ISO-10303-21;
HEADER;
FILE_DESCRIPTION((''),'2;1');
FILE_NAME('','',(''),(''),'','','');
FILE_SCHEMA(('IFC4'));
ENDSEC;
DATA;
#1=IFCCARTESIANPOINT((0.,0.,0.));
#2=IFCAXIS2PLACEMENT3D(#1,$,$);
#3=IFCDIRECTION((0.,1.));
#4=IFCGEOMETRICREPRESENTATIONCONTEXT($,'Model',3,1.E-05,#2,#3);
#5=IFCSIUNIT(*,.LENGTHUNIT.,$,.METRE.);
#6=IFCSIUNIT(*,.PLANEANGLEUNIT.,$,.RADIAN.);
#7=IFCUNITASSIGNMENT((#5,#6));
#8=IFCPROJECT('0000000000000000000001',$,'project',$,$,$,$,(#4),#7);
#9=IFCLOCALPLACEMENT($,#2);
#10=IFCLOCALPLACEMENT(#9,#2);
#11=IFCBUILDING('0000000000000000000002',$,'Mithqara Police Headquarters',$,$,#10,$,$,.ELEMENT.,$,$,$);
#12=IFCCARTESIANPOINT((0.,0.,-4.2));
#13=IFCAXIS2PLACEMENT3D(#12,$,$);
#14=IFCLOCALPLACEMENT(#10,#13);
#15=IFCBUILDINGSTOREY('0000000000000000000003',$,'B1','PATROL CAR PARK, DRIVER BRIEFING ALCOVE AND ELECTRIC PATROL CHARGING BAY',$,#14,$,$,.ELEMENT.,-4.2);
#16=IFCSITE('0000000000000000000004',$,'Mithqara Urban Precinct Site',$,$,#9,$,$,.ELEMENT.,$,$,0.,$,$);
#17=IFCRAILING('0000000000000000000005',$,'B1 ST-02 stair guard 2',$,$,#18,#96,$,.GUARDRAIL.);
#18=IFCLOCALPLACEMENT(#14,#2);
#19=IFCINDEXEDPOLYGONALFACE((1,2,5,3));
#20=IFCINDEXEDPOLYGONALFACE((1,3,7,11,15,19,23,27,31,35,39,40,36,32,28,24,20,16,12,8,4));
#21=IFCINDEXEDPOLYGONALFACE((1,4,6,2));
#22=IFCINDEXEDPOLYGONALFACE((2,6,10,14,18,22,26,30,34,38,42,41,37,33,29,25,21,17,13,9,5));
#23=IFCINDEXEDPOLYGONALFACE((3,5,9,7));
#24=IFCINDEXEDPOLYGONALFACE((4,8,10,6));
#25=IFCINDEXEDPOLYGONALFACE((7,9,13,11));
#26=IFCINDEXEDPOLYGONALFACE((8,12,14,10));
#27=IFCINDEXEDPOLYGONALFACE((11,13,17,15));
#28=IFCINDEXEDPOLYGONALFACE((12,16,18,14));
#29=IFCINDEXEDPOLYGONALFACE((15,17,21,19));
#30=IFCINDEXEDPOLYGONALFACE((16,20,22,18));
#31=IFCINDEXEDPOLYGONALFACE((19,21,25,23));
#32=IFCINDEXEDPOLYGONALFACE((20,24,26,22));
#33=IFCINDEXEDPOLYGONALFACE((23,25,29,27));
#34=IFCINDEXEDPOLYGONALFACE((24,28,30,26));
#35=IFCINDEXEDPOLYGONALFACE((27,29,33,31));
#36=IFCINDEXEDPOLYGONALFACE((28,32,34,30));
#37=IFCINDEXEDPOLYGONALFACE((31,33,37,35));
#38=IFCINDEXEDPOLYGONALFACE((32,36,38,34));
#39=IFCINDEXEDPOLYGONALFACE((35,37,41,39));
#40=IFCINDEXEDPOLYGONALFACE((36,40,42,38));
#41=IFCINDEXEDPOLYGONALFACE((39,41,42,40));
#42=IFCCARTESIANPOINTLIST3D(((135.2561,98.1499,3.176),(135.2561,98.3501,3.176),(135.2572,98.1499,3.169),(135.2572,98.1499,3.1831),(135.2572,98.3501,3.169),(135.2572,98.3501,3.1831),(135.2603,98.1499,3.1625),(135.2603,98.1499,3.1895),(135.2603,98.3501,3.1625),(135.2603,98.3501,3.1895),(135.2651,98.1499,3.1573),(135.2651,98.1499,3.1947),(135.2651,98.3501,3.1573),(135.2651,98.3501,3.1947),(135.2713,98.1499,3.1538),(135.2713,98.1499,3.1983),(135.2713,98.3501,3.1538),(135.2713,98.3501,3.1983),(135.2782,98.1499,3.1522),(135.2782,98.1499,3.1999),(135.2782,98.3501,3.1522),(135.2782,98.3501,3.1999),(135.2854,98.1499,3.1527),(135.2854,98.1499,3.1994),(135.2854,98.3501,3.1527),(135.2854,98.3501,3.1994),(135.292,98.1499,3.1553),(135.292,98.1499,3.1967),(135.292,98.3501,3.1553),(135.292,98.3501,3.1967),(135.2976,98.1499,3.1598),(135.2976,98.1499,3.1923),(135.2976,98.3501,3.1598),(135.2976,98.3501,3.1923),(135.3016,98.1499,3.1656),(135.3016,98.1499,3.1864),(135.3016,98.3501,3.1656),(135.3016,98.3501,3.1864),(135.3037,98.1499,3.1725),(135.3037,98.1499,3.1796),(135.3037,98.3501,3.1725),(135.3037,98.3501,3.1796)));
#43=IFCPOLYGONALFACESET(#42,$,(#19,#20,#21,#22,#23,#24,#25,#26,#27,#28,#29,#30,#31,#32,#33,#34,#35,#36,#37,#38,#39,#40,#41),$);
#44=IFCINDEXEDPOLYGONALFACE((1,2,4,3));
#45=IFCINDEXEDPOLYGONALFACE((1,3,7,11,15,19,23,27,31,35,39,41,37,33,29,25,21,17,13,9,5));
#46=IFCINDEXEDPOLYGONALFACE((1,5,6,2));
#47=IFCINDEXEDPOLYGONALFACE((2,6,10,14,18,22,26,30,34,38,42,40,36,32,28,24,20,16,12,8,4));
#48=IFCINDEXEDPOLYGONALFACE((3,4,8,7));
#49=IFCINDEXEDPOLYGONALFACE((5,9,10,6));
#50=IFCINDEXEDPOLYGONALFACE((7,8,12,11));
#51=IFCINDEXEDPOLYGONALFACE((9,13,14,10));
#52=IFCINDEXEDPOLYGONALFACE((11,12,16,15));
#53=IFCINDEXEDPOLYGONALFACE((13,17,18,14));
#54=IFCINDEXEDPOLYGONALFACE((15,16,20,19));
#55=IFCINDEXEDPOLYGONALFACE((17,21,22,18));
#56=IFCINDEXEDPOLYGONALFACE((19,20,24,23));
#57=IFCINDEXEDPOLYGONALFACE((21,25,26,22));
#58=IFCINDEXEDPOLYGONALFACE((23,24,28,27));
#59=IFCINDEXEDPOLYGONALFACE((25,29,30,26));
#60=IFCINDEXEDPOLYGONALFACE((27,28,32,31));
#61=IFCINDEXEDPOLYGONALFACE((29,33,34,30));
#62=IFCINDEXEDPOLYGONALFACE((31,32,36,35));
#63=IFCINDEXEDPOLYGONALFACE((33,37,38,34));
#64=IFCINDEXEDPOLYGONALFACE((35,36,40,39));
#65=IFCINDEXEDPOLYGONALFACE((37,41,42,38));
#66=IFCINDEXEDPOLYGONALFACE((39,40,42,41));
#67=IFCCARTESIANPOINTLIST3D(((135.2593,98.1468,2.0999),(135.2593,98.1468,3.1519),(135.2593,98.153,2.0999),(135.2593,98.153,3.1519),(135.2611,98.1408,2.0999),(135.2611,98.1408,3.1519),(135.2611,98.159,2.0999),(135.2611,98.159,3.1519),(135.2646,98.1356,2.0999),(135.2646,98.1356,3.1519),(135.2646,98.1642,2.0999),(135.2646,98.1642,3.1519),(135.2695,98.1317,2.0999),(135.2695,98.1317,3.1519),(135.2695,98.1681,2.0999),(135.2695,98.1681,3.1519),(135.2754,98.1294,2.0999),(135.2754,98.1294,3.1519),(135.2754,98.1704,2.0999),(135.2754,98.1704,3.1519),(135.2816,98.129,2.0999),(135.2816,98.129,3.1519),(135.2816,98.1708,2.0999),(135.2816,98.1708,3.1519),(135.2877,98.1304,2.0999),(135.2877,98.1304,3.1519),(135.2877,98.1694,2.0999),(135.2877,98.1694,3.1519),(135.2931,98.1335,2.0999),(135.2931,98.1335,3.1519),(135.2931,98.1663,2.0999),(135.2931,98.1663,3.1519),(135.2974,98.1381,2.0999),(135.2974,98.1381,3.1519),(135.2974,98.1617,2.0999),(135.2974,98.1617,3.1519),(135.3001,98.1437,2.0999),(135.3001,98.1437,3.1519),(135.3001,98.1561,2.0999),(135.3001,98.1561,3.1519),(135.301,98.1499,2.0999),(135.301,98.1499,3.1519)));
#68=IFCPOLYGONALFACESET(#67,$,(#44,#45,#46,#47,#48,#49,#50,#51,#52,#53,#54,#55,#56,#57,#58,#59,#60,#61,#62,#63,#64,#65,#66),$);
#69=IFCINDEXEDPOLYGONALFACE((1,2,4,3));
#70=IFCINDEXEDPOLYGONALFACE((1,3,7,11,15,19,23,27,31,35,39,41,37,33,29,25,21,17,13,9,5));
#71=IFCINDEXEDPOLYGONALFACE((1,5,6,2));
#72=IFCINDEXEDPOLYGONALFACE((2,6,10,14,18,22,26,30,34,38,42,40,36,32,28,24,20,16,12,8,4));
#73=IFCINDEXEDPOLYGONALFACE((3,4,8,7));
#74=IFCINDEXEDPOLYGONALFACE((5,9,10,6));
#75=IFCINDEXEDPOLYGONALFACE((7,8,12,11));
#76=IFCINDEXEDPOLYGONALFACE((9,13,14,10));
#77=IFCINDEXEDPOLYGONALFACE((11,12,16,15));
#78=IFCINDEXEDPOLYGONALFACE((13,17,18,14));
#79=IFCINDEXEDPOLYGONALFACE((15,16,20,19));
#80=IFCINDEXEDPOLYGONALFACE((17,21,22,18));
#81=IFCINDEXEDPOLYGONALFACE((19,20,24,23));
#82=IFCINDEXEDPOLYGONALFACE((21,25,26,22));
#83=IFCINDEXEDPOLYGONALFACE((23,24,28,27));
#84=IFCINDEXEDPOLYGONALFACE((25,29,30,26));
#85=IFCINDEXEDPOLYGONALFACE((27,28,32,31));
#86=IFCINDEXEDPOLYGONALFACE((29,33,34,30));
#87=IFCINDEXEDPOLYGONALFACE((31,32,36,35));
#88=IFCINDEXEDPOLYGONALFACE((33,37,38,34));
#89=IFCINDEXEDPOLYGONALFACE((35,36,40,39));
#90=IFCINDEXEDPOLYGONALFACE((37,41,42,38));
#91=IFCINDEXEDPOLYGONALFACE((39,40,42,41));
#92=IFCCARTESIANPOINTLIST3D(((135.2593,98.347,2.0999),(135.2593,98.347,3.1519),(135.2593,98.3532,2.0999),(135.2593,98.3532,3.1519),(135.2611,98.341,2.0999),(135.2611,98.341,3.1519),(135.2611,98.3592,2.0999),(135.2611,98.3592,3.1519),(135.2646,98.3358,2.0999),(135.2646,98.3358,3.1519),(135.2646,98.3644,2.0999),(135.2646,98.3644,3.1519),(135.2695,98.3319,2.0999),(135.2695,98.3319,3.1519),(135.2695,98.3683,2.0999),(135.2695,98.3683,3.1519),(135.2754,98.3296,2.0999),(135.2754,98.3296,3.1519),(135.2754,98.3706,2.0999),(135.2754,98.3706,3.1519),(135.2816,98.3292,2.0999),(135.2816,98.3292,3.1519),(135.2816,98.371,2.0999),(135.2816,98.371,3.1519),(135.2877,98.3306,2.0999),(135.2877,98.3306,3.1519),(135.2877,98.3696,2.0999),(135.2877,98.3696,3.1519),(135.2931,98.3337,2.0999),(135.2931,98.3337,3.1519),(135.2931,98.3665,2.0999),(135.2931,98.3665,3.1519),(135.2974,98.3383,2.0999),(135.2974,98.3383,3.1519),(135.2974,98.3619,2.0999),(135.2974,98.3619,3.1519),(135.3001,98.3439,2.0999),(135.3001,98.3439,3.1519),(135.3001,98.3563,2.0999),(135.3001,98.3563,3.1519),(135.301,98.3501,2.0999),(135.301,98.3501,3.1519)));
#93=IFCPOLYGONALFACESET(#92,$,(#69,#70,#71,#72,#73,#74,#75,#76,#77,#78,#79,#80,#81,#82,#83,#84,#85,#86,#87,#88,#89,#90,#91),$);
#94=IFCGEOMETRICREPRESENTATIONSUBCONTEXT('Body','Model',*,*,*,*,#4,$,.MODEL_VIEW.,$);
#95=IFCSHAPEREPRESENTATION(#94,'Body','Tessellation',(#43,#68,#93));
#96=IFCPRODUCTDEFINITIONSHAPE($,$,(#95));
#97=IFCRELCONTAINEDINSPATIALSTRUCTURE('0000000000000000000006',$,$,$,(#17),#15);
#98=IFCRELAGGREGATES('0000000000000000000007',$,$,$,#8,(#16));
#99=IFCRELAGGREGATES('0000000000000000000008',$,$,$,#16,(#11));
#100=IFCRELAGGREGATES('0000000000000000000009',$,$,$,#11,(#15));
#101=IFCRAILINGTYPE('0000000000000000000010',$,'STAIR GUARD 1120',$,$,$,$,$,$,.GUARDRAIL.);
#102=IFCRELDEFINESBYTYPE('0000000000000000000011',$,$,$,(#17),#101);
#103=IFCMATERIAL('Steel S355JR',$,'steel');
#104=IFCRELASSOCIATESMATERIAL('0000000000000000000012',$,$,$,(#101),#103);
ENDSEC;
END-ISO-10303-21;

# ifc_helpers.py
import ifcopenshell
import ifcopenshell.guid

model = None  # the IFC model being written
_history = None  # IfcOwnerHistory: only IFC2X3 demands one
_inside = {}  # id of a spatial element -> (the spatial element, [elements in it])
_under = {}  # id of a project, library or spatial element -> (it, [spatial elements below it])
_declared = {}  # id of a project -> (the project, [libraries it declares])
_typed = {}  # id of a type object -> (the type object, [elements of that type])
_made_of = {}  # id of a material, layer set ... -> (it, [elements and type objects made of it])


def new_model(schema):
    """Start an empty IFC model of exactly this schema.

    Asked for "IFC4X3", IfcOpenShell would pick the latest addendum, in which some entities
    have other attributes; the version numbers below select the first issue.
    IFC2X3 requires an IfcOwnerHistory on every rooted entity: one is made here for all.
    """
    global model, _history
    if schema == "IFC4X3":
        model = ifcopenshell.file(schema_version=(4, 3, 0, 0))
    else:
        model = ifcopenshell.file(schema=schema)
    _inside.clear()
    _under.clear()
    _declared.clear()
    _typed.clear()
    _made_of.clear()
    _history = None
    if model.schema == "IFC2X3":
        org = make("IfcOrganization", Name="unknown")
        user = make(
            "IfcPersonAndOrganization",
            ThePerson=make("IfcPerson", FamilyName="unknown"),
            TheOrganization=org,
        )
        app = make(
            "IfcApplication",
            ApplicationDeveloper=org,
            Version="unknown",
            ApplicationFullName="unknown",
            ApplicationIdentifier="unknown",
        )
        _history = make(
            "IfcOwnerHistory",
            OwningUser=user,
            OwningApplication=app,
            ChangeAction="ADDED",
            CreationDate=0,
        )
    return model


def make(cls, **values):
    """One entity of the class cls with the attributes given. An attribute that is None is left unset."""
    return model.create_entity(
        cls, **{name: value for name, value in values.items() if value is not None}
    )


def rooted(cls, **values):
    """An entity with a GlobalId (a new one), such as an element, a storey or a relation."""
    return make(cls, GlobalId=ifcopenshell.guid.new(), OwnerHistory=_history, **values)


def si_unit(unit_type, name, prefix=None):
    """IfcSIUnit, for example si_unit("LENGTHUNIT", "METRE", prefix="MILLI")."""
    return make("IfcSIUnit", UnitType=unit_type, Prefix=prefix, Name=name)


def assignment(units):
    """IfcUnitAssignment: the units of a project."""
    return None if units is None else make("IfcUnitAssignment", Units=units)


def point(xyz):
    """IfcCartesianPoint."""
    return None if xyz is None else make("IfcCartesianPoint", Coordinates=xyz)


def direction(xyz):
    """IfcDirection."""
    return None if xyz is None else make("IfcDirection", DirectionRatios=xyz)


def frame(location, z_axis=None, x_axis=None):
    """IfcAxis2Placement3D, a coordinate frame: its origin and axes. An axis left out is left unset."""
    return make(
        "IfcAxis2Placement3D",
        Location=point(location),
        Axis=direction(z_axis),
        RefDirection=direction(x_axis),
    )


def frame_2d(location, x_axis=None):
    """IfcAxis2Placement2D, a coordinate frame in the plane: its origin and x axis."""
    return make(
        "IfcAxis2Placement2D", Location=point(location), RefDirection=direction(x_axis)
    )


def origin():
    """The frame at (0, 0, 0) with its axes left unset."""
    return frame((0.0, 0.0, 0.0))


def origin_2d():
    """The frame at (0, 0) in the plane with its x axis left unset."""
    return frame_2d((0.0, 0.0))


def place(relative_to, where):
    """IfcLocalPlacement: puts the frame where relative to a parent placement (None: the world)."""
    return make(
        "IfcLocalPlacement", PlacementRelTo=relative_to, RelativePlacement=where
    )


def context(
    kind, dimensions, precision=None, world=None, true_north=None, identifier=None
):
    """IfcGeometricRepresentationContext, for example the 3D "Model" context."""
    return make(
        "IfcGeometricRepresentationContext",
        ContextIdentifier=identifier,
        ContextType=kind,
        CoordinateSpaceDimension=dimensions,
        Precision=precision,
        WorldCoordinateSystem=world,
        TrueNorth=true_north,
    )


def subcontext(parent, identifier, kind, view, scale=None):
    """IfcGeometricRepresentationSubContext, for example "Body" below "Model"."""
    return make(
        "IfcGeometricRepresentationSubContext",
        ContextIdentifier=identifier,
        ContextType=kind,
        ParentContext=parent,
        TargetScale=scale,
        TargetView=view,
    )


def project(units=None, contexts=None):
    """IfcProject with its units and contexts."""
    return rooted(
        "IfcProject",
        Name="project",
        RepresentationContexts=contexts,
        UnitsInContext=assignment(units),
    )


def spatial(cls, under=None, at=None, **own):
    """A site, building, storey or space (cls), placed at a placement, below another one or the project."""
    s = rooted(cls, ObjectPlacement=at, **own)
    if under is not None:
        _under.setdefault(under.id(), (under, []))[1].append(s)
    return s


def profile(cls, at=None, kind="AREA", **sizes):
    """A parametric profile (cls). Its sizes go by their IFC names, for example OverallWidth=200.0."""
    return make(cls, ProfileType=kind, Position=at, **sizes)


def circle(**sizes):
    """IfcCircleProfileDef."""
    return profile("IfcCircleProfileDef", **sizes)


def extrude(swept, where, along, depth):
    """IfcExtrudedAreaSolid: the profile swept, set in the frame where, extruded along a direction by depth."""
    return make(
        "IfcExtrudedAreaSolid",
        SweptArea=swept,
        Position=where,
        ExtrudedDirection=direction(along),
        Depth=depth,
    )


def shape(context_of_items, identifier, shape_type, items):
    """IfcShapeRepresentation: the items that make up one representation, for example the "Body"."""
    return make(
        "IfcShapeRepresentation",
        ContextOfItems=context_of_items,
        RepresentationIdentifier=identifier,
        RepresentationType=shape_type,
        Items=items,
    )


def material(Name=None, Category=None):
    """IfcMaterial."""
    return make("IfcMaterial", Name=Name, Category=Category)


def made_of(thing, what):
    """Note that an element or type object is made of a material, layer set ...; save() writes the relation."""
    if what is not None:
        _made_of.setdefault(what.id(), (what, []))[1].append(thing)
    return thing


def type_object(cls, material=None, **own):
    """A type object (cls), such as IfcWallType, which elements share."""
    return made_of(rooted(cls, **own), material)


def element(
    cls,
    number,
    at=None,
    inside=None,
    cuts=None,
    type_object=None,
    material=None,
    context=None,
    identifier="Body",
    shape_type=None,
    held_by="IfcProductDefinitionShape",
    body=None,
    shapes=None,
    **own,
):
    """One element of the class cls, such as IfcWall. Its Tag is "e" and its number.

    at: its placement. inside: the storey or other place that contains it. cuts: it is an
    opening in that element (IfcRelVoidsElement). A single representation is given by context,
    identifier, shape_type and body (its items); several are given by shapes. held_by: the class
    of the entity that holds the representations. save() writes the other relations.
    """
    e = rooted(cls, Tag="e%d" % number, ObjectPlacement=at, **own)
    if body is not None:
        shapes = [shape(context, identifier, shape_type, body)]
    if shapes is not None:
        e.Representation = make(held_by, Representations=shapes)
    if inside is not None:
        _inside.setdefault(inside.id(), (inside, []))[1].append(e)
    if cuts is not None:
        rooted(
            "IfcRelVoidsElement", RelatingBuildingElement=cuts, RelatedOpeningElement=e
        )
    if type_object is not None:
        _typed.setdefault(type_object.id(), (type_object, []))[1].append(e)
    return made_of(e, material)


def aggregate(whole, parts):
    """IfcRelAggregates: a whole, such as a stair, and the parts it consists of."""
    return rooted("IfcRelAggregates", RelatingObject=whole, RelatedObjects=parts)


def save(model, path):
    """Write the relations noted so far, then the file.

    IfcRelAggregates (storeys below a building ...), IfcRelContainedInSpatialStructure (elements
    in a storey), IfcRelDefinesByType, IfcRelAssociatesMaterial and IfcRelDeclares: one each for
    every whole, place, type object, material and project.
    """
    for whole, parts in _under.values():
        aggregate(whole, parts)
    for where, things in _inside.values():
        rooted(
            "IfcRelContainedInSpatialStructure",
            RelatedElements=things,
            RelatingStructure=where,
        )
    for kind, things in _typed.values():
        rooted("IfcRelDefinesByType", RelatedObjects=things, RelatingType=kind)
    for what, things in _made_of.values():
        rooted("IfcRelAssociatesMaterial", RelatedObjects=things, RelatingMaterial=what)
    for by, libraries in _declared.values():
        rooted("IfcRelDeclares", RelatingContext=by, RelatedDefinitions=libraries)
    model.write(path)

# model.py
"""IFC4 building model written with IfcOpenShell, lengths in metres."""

from ifc_helpers import new_model, si_unit, direction, frame, origin, origin_2d, place, context, subcontext, project, spatial, circle, extrude, material, type_object, element, save


model = new_model("IFC4")

# Units and contexts
model_context = context("Model", 3, precision=1e-05, world=origin(), true_north=direction((0.0, 1.0)))
body_context = subcontext(model_context, "Body", "Model", "MODEL_VIEW")
ifc_project = project(units=[si_unit("LENGTHUNIT", "METRE"), si_unit("PLANEANGLEUNIT", "RADIAN")], contexts=[model_context])

# Site, building, storey
site_placement = place(None, origin())
site = spatial("IfcSite", under=ifc_project, at=site_placement, Name="Mithqara Urban Precinct Site", CompositionType="ELEMENT", RefElevation=0.0)
building_placement = place(site_placement, origin())
building = spatial("IfcBuilding", under=site, at=building_placement, Name="Mithqara Police Headquarters", CompositionType="ELEMENT")
storey_placement = place(building_placement, frame((0.0, 0.0, -4.2)))
storey = spatial("IfcBuildingStorey", under=building, at=storey_placement, Name="B1", Description="PATROL CAR PARK, DRIVER BRIEFING ALCOVE AND ELECTRIC PATROL CHARGING BAY", CompositionType="ELEMENT", Elevation=-4.2)

# Shared definitions
ifc_material_1 = material(Name="Steel S355JR", Category="steel")

# Railing
railing_type_1 = type_object("IfcRailingType", Name="STAIR GUARD 1120", PredefinedType="GUARDRAIL", material=ifc_material_1)
railing_1_placement = place(storey_placement, frame((135.28, 98.1499, 2.0999)))
element("IfcRailing", 1, at=railing_1_placement, inside=storey, type_object=railing_type_1, Name="B1 ST-02 stair guard 2", PredefinedType="GUARDRAIL", context=body_context, shape_type="SweptSolid", body=[
    extrude(circle(Radius=0.0239, at=origin_2d()), frame((0.0, 0.0, 1.0762), z_axis=(0.0, 1.0, 0.0), x_axis=(-1.0, 0.0, 0.0)), (0.0, 0.0, 1.0), 0.2002),
    extrude(circle(Radius=0.021, at=origin_2d()), origin(), (0.0, 0.0, 1.0), 1.052),
    extrude(circle(Radius=0.021, at=origin_2d()), frame((0.0, 0.2002, 0.0)), (0.0, 0.0, 1.0), 1.052),
])

save(model, "model.ifc")
